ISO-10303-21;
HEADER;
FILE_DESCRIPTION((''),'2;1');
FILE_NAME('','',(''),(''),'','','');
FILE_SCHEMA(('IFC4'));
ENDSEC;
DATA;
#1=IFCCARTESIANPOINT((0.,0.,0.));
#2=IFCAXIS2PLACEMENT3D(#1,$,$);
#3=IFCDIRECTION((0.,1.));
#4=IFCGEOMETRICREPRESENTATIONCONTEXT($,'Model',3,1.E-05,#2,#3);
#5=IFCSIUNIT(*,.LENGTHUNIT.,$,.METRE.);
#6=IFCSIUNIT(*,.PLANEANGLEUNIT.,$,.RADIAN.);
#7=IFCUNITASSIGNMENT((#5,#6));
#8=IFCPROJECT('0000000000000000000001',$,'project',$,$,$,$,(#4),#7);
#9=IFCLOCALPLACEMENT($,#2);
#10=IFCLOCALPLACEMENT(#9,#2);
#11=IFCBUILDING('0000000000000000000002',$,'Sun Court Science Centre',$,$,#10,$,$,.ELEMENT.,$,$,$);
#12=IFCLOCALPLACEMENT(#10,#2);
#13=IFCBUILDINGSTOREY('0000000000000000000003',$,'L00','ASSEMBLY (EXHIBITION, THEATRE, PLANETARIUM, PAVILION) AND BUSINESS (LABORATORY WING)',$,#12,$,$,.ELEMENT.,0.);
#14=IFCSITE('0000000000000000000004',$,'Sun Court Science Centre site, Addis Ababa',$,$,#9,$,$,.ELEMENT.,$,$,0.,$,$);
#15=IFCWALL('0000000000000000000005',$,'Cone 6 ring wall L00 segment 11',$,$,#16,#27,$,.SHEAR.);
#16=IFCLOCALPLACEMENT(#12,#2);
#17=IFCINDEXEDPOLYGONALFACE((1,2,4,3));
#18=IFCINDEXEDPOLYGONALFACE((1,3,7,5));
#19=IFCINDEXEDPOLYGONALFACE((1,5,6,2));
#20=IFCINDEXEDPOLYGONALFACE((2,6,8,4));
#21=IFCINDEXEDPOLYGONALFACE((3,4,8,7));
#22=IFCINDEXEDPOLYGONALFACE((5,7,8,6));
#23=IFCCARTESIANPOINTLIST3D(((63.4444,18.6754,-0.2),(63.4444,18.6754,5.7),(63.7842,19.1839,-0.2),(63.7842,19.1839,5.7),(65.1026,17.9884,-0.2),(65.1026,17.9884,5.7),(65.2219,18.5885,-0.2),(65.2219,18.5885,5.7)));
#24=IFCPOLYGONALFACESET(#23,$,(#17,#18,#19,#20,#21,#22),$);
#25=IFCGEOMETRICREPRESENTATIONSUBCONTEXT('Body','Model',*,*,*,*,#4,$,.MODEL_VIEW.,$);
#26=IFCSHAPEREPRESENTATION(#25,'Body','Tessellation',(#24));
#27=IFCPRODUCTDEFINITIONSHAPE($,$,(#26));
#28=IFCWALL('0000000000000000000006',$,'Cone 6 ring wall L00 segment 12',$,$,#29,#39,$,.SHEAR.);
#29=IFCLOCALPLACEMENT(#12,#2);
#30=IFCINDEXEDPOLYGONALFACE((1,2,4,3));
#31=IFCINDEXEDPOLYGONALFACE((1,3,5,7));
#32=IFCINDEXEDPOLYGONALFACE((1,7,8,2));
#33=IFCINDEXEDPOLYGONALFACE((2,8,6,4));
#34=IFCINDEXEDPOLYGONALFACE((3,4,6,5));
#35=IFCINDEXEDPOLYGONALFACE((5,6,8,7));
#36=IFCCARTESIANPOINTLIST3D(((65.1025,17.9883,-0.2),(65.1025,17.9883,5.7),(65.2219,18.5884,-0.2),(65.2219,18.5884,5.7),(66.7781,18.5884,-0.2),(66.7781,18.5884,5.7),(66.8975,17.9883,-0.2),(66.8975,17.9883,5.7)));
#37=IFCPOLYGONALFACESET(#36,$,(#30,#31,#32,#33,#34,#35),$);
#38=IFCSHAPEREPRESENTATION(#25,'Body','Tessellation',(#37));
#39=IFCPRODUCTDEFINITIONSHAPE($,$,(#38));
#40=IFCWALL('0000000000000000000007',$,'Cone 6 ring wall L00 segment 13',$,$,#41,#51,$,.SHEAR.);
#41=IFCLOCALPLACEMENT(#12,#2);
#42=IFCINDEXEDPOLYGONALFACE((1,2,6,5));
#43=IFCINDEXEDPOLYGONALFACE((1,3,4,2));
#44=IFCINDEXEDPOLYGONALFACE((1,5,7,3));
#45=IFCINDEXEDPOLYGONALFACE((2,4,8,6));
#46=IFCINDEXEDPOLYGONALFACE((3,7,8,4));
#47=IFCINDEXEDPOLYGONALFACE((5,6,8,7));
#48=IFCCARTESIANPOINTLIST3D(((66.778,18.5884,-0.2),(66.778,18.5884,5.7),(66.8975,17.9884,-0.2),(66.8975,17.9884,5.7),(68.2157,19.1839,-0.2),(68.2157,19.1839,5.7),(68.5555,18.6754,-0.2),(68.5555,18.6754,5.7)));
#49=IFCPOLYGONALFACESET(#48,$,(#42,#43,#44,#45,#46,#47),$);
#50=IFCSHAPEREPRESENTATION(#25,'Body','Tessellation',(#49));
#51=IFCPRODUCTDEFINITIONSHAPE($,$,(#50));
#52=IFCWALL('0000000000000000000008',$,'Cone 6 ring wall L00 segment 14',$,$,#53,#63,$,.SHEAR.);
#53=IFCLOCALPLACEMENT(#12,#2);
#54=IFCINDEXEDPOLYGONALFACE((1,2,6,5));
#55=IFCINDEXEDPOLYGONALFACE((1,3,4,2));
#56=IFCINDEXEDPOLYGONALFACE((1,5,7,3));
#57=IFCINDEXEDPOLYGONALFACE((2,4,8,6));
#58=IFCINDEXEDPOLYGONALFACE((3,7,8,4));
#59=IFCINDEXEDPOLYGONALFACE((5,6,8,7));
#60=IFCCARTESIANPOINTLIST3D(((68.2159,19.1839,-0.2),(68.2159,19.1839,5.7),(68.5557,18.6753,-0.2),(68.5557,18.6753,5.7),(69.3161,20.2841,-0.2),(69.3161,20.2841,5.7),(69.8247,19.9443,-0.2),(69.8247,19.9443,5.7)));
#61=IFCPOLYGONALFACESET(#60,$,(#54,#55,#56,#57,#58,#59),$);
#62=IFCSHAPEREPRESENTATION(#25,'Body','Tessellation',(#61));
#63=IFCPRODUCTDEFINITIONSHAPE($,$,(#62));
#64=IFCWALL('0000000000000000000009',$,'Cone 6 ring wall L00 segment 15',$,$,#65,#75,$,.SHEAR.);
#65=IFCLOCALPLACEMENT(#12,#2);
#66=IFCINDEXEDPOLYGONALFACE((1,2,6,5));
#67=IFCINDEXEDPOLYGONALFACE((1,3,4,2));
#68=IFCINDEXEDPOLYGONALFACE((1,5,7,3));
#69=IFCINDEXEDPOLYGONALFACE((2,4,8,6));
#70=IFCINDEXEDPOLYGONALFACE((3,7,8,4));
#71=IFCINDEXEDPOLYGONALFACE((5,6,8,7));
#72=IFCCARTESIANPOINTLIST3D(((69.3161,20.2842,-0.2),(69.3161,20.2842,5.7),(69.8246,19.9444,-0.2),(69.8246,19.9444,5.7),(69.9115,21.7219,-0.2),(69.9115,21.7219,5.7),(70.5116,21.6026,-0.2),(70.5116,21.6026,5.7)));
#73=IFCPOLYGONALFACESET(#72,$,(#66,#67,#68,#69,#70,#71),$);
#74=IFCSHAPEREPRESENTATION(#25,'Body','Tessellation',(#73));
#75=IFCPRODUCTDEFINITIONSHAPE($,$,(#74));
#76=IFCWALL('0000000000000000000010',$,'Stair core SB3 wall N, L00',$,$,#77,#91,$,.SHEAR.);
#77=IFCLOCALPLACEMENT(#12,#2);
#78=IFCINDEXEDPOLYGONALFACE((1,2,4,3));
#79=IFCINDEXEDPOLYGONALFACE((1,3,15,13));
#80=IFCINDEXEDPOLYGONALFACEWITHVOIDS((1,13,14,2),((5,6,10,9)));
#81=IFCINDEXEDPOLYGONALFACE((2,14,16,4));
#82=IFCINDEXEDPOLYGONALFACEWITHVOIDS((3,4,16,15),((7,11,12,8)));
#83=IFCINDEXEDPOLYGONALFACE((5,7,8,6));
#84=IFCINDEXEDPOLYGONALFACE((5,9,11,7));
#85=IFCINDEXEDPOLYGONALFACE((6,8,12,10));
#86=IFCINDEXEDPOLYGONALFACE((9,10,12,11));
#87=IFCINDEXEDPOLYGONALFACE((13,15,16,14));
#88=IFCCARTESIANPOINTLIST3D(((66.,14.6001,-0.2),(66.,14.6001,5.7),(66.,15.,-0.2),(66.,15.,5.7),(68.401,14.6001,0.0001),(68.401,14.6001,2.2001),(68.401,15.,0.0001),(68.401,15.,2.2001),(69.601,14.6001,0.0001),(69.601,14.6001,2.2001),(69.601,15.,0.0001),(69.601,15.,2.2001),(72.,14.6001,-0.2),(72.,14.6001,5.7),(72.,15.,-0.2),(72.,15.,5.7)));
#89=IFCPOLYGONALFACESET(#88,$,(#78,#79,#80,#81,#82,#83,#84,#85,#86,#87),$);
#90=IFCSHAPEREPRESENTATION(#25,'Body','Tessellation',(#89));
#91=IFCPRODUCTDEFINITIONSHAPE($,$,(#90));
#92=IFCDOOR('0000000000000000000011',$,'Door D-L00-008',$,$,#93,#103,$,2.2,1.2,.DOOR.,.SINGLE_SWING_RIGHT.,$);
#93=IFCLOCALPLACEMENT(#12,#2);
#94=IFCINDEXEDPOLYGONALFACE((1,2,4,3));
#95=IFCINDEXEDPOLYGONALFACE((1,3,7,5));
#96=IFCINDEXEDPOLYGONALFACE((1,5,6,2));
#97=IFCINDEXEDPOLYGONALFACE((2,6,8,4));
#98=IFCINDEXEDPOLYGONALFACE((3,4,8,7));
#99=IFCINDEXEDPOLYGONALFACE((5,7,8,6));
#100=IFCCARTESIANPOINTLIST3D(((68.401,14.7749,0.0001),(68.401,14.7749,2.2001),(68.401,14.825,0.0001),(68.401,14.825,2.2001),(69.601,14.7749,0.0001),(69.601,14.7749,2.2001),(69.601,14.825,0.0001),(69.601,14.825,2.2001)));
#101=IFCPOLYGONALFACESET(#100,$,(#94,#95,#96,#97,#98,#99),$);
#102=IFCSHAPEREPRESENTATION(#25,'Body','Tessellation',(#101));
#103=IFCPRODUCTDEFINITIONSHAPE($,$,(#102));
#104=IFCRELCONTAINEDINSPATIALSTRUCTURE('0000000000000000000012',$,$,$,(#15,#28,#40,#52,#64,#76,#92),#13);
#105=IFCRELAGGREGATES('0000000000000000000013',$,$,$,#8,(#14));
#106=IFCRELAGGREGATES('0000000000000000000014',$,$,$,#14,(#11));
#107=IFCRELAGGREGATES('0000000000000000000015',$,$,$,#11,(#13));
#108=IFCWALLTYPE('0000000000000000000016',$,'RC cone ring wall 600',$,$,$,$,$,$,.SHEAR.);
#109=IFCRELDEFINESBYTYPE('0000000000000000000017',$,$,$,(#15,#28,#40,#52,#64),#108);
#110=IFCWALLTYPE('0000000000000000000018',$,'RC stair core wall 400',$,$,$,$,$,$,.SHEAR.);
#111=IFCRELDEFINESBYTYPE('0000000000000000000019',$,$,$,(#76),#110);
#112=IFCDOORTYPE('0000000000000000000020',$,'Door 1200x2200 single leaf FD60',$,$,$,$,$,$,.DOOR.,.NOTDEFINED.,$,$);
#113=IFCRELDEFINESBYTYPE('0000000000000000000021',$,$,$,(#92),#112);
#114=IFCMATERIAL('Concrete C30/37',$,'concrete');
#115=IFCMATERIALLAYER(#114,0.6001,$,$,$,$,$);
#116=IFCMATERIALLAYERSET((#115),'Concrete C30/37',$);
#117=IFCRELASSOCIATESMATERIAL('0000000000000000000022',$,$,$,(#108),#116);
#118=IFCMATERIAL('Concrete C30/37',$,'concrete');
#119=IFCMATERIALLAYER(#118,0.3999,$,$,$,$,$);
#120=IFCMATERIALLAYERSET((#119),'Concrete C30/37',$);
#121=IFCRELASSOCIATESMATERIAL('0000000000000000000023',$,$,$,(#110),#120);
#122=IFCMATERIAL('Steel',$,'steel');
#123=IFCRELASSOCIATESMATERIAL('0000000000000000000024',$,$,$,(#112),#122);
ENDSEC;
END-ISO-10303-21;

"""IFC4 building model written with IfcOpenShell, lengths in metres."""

from ifc_helpers import new_model, si_unit, direction, frame, frame_2d, origin, place, context, subcontext, project, spatial, polyline, rectangle, outline, extrude, material, layer, layer_set, type_object, element, fill, save


model = new_model("IFC4")

# Units and contexts
model_context = context("Model", 3, precision=1e-05, world=origin(), true_north=direction((0.0, 1.0)))
body_context = subcontext(model_context, "Body", "Model", "MODEL_VIEW")
ifc_project = project(units=[si_unit("LENGTHUNIT", "METRE"), si_unit("PLANEANGLEUNIT", "RADIAN")], contexts=[model_context])

# Site, building, storey
site_placement = place(None, origin())
site = spatial("IfcSite", under=ifc_project, at=site_placement, Name="Sun Court Science Centre site, Addis Ababa", CompositionType="ELEMENT", RefElevation=0.0)
building_placement = place(site_placement, origin())
building = spatial("IfcBuilding", under=site, at=building_placement, Name="Sun Court Science Centre", CompositionType="ELEMENT")
storey_placement = place(building_placement, origin())
storey = spatial("IfcBuildingStorey", under=building, at=storey_placement, Name="L00", Description="ASSEMBLY (EXHIBITION, THEATRE, PLANETARIUM, PAVILION) AND BUSINESS (LABORATORY WING)", CompositionType="ELEMENT", Elevation=0.0)

# Shared definitions
ifc_material_1 = material(Name="Concrete C30/37", Category="concrete")
ifc_layer_1 = layer(ifc_material_1, 0.6001)
ifc_layer_set_1 = layer_set([ifc_layer_1], Name="Concrete C30/37")
wall_type_1 = type_object("IfcWallType", Name="RC cone ring wall 600", PredefinedType="SHEAR", material=ifc_layer_set_1)

# Walls
wall_1_placement = place(storey_placement, frame((63.5591, 18.9524, -0.2), z_axis=(0.0, 0.0, 1.0), x_axis=(0.923896, -0.382644, 0.0)))
element("IfcWall", 1, at=wall_1_placement, inside=storey, type_object=wall_type_1, Name="Cone 6 ring wall L00 segment 11", PredefinedType="SHEAR", context=body_context, shape_type="SweptSolid", body=[
    extrude(outline(polyline([(0.0, -0.2998), (1.7949, -0.3), (1.6755, 0.3), (0.1194, 0.3), (0.0, -0.2998)])), origin(), (0.0, 0.0, 1.0), 5.8999),
])
wall_2_placement = place(storey_placement, frame((65.1025, 18.2883, -0.2), z_axis=(0.0, 0.0, 1.0), x_axis=(1.0, 0.0, 0.0)))
element("IfcWall", 2, at=wall_2_placement, inside=storey, type_object=wall_type_1, Name="Cone 6 ring wall L00 segment 12", PredefinedType="SHEAR", context=body_context, shape_type="SweptSolid", body=[
    extrude(outline(polyline([(0.0, -0.3), (1.7949, -0.3), (1.6755, 0.3), (0.1194, 0.3), (0.0, -0.3)])), origin(), (0.0, 0.0, 1.0), 5.8999),
])
wall_3_placement = place(storey_placement, frame((66.7827, 18.2656, -0.2), z_axis=(0.0, 0.0, 1.0), x_axis=(0.923896, 0.382644, 0.0)))
element("IfcWall", 3, at=wall_3_placement, inside=storey, type_object=wall_type_1, Name="Cone 6 ring wall L00 segment 13", PredefinedType="SHEAR", context=body_context, shape_type="SweptSolid", body=[
    extrude(outline(polyline([(0.0, -0.3), (1.7947, -0.2998), (1.6753, 0.3), (0.1191, 0.3), (0.0, -0.3)])), origin(), (0.0, 0.0, 1.0), 5.8999),
])
wall_4_placement = place(storey_placement, frame((68.3435, 18.8875, -0.2), z_axis=(0.0, 0.0, 1.0), x_axis=(0.707107, 0.707107, 0.0)))
element("IfcWall", 4, at=wall_4_placement, inside=storey, type_object=wall_type_1, Name="Cone 6 ring wall L00 segment 14", PredefinedType="SHEAR", context=body_context, shape_type="SweptSolid", body=[
    extrude(outline(polyline([(0.0, -0.3), (1.7947, -0.3), (1.6753, 0.2998), (0.1194, 0.2998), (0.0, -0.3)])), origin(), (0.0, 0.0, 1.0), 5.8999),
])
wall_5_placement = place(storey_placement, frame((69.5476, 20.0591, -0.2), z_axis=(0.0, 0.0, 1.0), x_axis=(0.382644, 0.923896, 0.0)))
element("IfcWall", 5, at=wall_5_placement, inside=storey, type_object=wall_type_1, Name="Cone 6 ring wall L00 segment 15", PredefinedType="SHEAR", context=body_context, shape_type="SweptSolid", body=[
    extrude(outline(polyline([(0.0, -0.2998), (1.7949, -0.3), (1.6755, 0.3), (0.1194, 0.3), (0.0, -0.2998)])), origin(), (0.0, 0.0, 1.0), 5.8999),
])

# Wall, opening, door
ifc_material_2 = material(Name="Concrete C30/37", Category="concrete")
ifc_layer_2 = layer(ifc_material_2, 0.3999)
ifc_layer_set_2 = layer_set([ifc_layer_2], Name="Concrete C30/37")
wall_type_2 = type_object("IfcWallType", Name="RC stair core wall 400", PredefinedType="SHEAR", material=ifc_layer_set_2)
wall_6_placement = place(storey_placement, frame((66.0, 14.8, -0.2), z_axis=(0.0, 0.0, 1.0), x_axis=(1.0, 0.0, 0.0)))
wall_6 = element("IfcWall", 6, at=wall_6_placement, inside=storey, type_object=wall_type_2, Name="Stair core SB3 wall N, L00", PredefinedType="SHEAR", context=body_context, shape_type="SweptSolid", body=[
    extrude(rectangle(XDim=6.0, YDim=0.3999, at=frame_2d((3.0, 0.0))), origin(), (0.0, 0.0, 1.0), 5.8999),
])
opening_1_placement = place(wall_6_placement, frame((2.4009, 0.0, 0.2)))
opening_1 = element("IfcOpeningElement", 7, at=opening_1_placement, cuts=wall_6, PredefinedType="OPENING", context=body_context, shape_type="SweptSolid", body=[
    extrude(rectangle(XDim=1.2, YDim=2.2, at=frame_2d((0.6001, 1.1001))), frame((0.0, 0.21, 0.0), z_axis=(0.0, -1.0, 0.0), x_axis=(1.0, 0.0, 0.0)), (0.0, 0.0, 1.0), 0.4199),
])
ifc_material_3 = material(Name="Steel", Category="steel")
door_type_1 = type_object("IfcDoorType", Name="Door 1200x2200 single leaf FD60", OperationType="NOTDEFINED", PredefinedType="DOOR", material=ifc_material_3)
door_1_placement = place(opening_1_placement, origin())
door_1 = element("IfcDoor", 8, at=door_1_placement, inside=storey, type_object=door_type_1, Name="Door D-L00-008", OperationType="SINGLE_SWING_RIGHT", OverallHeight=2.2, OverallWidth=1.2, PredefinedType="DOOR", context=body_context, shape_type="SweptSolid", body=[
    extrude(rectangle(XDim=1.2, YDim=2.2, at=frame_2d((0.6001, 1.1001))), frame((0.0, 0.0249, 0.0), z_axis=(0.0, -1.0, 0.0), x_axis=(1.0, 0.0, 0.0)), (0.0, 0.0, 1.0), 0.05),
])
fill(opening_1, door_1)

save(model, "model.ifc")
